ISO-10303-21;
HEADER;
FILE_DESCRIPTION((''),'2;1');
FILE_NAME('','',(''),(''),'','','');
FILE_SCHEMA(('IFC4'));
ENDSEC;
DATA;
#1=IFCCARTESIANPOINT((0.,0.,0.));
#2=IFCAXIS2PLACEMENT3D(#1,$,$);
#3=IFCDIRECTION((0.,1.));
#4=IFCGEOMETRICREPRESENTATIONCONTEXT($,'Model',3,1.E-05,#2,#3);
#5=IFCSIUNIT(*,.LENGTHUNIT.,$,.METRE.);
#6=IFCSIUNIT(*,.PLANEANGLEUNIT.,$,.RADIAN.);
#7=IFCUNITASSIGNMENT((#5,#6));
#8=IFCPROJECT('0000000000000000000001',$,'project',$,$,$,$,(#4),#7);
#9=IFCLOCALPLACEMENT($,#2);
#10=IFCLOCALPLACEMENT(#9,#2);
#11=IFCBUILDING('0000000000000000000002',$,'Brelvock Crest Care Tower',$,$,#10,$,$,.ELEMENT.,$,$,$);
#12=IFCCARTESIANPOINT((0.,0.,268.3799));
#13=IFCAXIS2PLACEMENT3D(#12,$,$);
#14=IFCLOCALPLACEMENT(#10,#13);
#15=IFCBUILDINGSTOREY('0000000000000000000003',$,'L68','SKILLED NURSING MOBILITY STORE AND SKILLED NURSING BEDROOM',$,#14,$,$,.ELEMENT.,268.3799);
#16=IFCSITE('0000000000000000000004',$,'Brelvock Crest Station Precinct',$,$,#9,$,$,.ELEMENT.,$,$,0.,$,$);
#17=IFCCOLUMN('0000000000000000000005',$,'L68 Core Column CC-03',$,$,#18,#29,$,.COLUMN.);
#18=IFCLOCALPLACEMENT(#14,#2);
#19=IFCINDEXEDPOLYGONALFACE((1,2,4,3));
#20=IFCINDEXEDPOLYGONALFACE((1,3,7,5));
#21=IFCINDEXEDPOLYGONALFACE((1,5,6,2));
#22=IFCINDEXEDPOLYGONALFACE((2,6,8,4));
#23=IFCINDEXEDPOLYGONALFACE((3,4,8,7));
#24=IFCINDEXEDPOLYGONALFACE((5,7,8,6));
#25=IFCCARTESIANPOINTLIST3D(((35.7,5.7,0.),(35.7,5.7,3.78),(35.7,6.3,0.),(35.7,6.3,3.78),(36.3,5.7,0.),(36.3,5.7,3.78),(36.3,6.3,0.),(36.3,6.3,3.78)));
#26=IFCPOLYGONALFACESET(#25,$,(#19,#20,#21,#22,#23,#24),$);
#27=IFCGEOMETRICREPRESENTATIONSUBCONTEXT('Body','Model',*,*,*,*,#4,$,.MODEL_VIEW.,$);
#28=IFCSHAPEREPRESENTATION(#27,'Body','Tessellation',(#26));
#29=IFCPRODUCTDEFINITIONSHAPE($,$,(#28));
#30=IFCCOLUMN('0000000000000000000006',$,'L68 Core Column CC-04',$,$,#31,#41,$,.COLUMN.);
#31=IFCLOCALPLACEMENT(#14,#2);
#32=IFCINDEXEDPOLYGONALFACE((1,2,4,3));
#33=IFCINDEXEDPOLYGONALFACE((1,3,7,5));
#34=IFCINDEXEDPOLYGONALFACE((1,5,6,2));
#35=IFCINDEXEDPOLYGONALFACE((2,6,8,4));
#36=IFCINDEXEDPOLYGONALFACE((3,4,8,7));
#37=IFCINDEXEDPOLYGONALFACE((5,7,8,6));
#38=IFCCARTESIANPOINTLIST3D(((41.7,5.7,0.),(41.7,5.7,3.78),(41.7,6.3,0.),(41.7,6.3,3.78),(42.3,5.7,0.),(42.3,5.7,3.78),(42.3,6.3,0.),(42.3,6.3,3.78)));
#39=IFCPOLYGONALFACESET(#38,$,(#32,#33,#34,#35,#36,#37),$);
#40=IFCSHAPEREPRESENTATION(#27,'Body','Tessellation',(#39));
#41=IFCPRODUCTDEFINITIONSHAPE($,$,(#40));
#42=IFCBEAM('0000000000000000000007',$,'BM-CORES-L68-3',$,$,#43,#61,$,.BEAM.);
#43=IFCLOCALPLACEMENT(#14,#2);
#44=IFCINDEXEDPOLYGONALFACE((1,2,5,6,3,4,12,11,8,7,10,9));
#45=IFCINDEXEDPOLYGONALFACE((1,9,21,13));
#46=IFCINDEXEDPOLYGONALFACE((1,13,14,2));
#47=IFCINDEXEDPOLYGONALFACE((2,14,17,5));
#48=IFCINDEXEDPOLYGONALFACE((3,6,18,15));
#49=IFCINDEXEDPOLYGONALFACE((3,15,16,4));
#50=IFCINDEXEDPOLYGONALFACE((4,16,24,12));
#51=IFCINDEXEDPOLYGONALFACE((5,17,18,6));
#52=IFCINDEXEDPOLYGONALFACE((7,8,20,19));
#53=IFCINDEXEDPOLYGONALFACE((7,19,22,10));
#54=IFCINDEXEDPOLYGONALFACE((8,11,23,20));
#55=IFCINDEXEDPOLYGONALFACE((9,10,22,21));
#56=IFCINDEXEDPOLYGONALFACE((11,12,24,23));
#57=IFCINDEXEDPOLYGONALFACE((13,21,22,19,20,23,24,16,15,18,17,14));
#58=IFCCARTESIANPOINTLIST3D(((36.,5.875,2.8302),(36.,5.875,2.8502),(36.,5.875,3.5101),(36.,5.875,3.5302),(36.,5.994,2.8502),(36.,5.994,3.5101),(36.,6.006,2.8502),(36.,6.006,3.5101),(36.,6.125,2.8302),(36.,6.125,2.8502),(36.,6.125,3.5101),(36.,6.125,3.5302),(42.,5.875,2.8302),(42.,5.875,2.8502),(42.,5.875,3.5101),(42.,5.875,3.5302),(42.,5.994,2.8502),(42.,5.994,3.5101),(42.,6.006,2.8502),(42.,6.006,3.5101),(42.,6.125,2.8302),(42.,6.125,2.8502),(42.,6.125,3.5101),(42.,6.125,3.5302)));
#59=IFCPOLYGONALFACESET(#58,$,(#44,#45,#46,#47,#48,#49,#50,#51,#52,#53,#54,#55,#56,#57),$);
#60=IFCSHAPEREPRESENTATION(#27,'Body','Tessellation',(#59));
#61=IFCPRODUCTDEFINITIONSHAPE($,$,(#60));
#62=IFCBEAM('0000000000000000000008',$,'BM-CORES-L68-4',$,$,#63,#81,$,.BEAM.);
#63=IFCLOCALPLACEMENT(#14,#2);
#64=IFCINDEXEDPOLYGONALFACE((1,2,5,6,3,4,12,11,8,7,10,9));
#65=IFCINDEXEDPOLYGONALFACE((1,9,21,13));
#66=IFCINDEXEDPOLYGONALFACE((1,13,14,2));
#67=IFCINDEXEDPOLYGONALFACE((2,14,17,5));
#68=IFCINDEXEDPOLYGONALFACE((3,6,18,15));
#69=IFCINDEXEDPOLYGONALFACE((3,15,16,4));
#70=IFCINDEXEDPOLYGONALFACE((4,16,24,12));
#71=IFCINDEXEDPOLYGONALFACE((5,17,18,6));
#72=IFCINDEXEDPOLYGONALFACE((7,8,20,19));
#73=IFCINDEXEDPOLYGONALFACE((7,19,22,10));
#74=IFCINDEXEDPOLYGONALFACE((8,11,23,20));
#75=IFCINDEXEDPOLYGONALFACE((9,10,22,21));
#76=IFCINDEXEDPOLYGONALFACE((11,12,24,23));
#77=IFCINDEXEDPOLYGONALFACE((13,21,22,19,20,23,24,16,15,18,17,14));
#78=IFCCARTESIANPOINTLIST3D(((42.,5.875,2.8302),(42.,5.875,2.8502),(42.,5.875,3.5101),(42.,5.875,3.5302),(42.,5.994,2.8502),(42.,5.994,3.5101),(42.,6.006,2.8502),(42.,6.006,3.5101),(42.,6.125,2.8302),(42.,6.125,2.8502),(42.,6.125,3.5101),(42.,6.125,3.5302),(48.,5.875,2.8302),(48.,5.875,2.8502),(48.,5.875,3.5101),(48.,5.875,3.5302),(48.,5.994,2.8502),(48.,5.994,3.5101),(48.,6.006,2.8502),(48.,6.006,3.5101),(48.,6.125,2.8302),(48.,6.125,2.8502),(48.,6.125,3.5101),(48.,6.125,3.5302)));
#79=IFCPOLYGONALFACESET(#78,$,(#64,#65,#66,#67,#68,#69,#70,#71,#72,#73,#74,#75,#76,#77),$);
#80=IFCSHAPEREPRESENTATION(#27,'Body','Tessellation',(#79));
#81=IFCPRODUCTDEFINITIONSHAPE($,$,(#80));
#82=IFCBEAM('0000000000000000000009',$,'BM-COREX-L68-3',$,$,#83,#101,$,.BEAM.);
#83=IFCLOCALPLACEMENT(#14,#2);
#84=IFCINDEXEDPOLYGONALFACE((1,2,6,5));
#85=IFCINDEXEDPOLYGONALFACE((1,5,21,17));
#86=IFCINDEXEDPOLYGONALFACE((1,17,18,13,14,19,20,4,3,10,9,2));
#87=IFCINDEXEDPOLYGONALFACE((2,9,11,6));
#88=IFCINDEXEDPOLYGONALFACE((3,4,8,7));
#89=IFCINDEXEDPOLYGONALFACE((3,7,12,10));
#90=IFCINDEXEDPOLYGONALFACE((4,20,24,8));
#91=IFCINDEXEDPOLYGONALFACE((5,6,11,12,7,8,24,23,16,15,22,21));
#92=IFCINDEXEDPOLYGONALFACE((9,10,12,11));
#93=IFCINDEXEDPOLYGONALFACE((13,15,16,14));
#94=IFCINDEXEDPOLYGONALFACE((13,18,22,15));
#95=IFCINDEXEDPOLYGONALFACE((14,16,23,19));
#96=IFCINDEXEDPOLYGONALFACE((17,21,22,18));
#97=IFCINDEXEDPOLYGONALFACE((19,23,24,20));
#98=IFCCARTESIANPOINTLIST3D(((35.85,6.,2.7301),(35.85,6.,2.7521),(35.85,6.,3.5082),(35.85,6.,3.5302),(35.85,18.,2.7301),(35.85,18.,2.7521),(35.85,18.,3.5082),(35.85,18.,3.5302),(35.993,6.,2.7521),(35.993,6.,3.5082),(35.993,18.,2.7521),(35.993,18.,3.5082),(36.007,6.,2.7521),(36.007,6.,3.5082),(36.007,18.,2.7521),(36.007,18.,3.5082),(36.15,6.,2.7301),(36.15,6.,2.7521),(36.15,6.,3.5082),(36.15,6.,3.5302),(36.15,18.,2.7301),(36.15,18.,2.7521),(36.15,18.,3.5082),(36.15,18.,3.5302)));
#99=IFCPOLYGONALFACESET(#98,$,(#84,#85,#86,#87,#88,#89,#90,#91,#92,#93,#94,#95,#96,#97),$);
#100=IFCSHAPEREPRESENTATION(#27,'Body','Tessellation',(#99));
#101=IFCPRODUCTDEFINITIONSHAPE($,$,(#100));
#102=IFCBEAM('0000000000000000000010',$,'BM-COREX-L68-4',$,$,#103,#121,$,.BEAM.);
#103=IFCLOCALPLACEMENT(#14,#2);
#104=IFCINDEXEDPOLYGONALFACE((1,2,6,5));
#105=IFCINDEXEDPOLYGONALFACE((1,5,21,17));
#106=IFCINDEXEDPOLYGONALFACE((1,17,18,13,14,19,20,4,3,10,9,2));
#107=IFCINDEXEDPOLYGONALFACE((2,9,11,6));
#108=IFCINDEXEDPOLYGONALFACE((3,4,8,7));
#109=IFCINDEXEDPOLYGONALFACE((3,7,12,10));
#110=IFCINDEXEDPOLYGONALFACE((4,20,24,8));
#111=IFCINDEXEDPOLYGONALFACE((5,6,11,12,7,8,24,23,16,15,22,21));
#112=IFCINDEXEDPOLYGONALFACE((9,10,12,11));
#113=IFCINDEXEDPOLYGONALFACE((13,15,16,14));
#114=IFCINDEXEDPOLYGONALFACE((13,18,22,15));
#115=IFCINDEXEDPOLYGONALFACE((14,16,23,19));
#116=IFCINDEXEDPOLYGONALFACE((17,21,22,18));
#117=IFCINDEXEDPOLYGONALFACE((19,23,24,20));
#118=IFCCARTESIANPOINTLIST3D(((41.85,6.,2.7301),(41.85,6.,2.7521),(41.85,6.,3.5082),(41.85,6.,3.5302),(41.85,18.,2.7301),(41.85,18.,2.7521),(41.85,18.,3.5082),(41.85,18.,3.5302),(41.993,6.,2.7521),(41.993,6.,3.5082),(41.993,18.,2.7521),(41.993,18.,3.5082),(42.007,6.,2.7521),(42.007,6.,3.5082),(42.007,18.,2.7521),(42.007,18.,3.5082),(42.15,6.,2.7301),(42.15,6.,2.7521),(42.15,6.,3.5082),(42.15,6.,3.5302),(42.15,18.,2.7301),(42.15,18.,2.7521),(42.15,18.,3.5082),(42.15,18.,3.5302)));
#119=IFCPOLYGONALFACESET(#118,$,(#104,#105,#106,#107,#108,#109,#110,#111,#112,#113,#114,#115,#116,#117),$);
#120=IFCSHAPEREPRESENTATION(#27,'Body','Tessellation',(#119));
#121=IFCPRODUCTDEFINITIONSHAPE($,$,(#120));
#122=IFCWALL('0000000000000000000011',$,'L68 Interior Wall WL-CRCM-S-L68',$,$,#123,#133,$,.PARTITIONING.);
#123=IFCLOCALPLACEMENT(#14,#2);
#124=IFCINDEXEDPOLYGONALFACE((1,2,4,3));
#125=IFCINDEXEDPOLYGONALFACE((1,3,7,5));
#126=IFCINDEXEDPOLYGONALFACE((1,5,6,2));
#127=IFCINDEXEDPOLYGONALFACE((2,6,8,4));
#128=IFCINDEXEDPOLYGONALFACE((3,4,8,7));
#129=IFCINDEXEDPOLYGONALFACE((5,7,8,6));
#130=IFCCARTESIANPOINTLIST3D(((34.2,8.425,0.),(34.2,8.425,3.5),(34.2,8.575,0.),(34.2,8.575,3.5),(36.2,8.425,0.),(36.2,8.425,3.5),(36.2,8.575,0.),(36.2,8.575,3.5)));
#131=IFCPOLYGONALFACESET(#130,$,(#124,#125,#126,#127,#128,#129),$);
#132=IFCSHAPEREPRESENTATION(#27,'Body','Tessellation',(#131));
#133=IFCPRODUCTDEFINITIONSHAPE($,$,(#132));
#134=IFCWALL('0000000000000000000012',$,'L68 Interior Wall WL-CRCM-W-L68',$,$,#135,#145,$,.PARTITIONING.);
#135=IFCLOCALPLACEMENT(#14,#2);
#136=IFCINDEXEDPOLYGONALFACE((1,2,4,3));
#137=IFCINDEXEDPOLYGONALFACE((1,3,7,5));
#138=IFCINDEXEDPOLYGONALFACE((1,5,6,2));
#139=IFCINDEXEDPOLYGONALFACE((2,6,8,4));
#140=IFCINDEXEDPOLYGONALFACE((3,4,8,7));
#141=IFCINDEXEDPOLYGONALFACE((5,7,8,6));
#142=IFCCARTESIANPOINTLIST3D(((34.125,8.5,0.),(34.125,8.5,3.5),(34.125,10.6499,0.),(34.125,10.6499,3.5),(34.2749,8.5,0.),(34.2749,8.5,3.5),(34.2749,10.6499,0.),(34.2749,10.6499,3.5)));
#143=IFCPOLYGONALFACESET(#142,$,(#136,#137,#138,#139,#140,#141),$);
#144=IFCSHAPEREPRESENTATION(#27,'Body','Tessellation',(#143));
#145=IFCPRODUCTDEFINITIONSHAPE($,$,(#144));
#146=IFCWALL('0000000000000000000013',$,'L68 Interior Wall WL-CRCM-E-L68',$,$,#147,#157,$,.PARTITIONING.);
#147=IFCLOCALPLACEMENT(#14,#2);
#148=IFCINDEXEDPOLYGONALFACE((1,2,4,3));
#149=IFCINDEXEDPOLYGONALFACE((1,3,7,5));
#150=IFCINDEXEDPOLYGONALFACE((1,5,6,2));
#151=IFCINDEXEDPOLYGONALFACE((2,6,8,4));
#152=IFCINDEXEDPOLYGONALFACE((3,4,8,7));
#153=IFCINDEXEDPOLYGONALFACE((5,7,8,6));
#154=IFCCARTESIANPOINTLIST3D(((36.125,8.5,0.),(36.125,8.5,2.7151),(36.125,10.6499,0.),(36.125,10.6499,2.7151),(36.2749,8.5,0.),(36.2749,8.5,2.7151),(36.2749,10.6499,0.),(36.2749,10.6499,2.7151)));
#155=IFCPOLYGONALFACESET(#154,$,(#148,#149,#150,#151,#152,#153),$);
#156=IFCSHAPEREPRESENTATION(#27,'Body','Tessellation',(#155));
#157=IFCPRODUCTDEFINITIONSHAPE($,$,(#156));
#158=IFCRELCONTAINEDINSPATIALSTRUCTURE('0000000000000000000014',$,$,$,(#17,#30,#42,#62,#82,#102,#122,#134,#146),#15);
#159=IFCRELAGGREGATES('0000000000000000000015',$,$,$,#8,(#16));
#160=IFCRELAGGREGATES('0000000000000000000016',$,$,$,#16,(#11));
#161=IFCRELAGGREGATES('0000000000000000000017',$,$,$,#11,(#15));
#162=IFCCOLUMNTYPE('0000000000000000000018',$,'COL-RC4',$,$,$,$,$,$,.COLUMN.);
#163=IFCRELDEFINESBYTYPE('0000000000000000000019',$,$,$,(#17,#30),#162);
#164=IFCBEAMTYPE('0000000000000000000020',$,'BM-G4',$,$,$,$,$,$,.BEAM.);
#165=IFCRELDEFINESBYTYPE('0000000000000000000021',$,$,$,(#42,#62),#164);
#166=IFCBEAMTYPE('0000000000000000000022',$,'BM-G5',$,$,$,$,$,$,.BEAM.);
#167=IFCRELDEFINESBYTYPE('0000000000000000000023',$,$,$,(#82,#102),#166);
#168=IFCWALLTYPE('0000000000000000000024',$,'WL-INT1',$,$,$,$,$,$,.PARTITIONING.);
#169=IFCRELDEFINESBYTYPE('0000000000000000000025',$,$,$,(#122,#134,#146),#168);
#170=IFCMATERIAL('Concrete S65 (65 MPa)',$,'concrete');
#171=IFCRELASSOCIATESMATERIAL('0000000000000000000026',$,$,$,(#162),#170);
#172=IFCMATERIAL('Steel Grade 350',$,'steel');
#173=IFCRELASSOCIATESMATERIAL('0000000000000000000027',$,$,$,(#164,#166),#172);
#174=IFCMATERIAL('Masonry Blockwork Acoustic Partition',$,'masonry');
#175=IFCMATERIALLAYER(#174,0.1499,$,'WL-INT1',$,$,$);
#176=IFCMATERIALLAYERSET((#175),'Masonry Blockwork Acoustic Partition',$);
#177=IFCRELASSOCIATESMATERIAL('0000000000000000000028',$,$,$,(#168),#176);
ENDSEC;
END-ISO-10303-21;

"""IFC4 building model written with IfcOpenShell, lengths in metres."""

from ifc_helpers import new_model, si_unit, direction, frame, frame_2d, origin, origin_2d, place, context, subcontext, project, spatial, rectangle, i_section, extrude, source, transform, mapped, material, layer, layer_set, material_profile, profile_set, type_object, element, save


model = new_model("IFC4")

# Units and contexts
model_context = context("Model", 3, precision=1e-05, world=origin(), true_north=direction((0.0, 1.0)))
body_context = subcontext(model_context, "Body", "Model", "MODEL_VIEW")
ifc_project = project(units=[si_unit("LENGTHUNIT", "METRE"), si_unit("PLANEANGLEUNIT", "RADIAN")], contexts=[model_context])

# Site, building, storey
site_placement = place(None, origin())
site = spatial("IfcSite", under=ifc_project, at=site_placement, Name="Brelvock Crest Station Precinct", CompositionType="ELEMENT", RefElevation=0.0)
building_placement = place(site_placement, origin())
building = spatial("IfcBuilding", under=site, at=building_placement, Name="Brelvock Crest Care Tower", CompositionType="ELEMENT")
storey_placement = place(building_placement, frame((0.0, 0.0, 268.3799)))
storey = spatial("IfcBuildingStorey", under=building, at=storey_placement, Name="L68", Description="SKILLED NURSING MOBILITY STORE AND SKILLED NURSING BEDROOM", CompositionType="ELEMENT", Elevation=268.3799)

# Columns
ifc_material_1 = material(Name="Concrete S65 (65 MPa)", Category="concrete")
ifc_material_profile_1 = material_profile(ifc_material_1, rectangle(XDim=0.6001, YDim=0.6001, at=origin_2d()), Name="RC600x600")
ifc_profile_set_1 = profile_set([ifc_material_profile_1], Name="Concrete S65 (65 MPa)")
column_type = type_object("IfcColumnType", Name="COL-RC4", PredefinedType="COLUMN", material=ifc_profile_set_1)
shared_shape_1 = source(origin(), body_context, "Body", "SweptSolid", [
    extrude(rectangle(XDim=0.6001, YDim=0.6001, at=origin_2d()), origin(), (0.0, 0.0, 1.0), 3.78),
])
for number, where, z_axis, x_axis, name in (
    (1, (36.0, 6.0, 0.0), (0.0, 0.0, 1.0), (1.0, 0.0, 0.0), "L68 Core Column CC-03"),
    (2, (42.0, 6.0, 0.0), (0.0, 0.0, 1.0), (1.0, 0.0, 0.0), "L68 Core Column CC-04"),
):
    element("IfcColumn", number, at=place(storey_placement, frame(where, z_axis=z_axis, x_axis=x_axis)), inside=storey, type_object=column_type, Name=name, PredefinedType="COLUMN", context=body_context, shape_type="MappedRepresentation", body=[
        mapped(shared_shape_1, transform((0.0, 0.0, 0.0), x_axis=(1.0, 0.0, 0.0), y_axis=(0.0, 1.0, 0.0), z_axis=(0.0, 0.0, 1.0), scale=1.0)),
    ])

# Beams
ifc_material_2 = material(Name="Steel Grade 350", Category="steel")
ifc_material_profile_2 = material_profile(ifc_material_2, i_section(OverallWidth=0.25, OverallDepth=0.7, WebThickness=0.012, FlangeThickness=0.02, at=origin_2d()), Name="700WB150")
ifc_profile_set_2 = profile_set([ifc_material_profile_2], Name="Steel Grade 350")
beam_type_1 = type_object("IfcBeamType", Name="BM-G4", PredefinedType="BEAM", material=ifc_profile_set_2)
shared_shape_2 = source(origin(), body_context, "Body", "SweptSolid", [
    extrude(i_section(OverallWidth=0.25, OverallDepth=0.7, WebThickness=0.012, FlangeThickness=0.02, at=origin_2d()), origin(), (0.0, 0.0, 1.0), 6.0),
])
for number, where, z_axis, x_axis, name in (
    (3, (36.0, 6.0, 3.1802), (1.0, 0.0, 0.0), (0.0, 1.0, 0.0), "BM-CORES-L68-3"),
    (4, (42.0, 6.0, 3.1802), (1.0, 0.0, 0.0), (0.0, 1.0, 0.0), "BM-CORES-L68-4"),
):
    element("IfcBeam", number, at=place(storey_placement, frame(where, z_axis=z_axis, x_axis=x_axis)), inside=storey, type_object=beam_type_1, Name=name, PredefinedType="BEAM", context=body_context, shape_type="MappedRepresentation", body=[
        mapped(shared_shape_2, transform((0.0, 0.0, 0.0), x_axis=(1.0, 0.0, 0.0), y_axis=(0.0, 1.0, 0.0), z_axis=(0.0, 0.0, 1.0), scale=1.0)),
    ])
ifc_material_profile_3 = material_profile(ifc_material_2, i_section(OverallWidth=0.3, OverallDepth=0.8, WebThickness=0.0139, FlangeThickness=0.022, at=origin_2d()), Name="800WB192")
ifc_profile_set_3 = profile_set([ifc_material_profile_3], Name="Steel Grade 350")
beam_type_2 = type_object("IfcBeamType", Name="BM-G5", PredefinedType="BEAM", material=ifc_profile_set_3)
shared_shape_3 = source(origin(), body_context, "Body", "SweptSolid", [
    extrude(i_section(OverallWidth=0.3, OverallDepth=0.8, WebThickness=0.0139, FlangeThickness=0.022, at=origin_2d()), origin(), (0.0, 0.0, 1.0), 12.0),
])
for number, where, z_axis, x_axis, name in (
    (5, (36.0, 6.0, 3.1301), (0.0, 1.0, 0.0), (-1.0, 0.0, 0.0), "BM-COREX-L68-3"),
    (6, (42.0, 6.0, 3.1301), (0.0, 1.0, 0.0), (-1.0, 0.0, 0.0), "BM-COREX-L68-4"),
):
    element("IfcBeam", number, at=place(storey_placement, frame(where, z_axis=z_axis, x_axis=x_axis)), inside=storey, type_object=beam_type_2, Name=name, PredefinedType="BEAM", context=body_context, shape_type="MappedRepresentation", body=[
        mapped(shared_shape_3, transform((0.0, 0.0, 0.0), x_axis=(1.0, 0.0, 0.0), y_axis=(0.0, 1.0, 0.0), z_axis=(0.0, 0.0, 1.0), scale=1.0)),
    ])

# Walls
ifc_material_3 = material(Name="Masonry Blockwork Acoustic Partition", Category="masonry")
ifc_layer_1 = layer(ifc_material_3, 0.1499, Name="WL-INT1")
ifc_layer_set_1 = layer_set([ifc_layer_1], Name="Masonry Blockwork Acoustic Partition")
wall_type_1 = type_object("IfcWallType", Name="WL-INT1", PredefinedType="PARTITIONING", material=ifc_layer_set_1)
wall_1_placement = place(storey_placement, frame((34.2, 8.5, 0.0), z_axis=(0.0, 0.0, 1.0), x_axis=(1.0, 0.0, 0.0)))
element("IfcWall", 7, at=wall_1_placement, inside=storey, type_object=wall_type_1, Name="L68 Interior Wall WL-CRCM-S-L68", PredefinedType="PARTITIONING", context=body_context, shape_type="SweptSolid", body=[
    extrude(rectangle(XDim=2.0, YDim=0.1499, at=frame_2d((1.0, 0.0))), origin(), (0.0, 0.0, 1.0), 3.5),
])
wall_2_placement = place(storey_placement, frame((34.2, 8.5, 0.0), z_axis=(0.0, 0.0, 1.0), x_axis=(0.0, 1.0, 0.0)))
element("IfcWall", 8, at=wall_2_placement, inside=storey, type_object=wall_type_1, Name="L68 Interior Wall WL-CRCM-W-L68", PredefinedType="PARTITIONING", context=body_context, shape_type="SweptSolid", body=[
    extrude(rectangle(XDim=2.1499, YDim=0.1499, at=frame_2d((1.075, 0.0))), origin(), (0.0, 0.0, 1.0), 3.5),
])
wall_3_placement = place(storey_placement, frame((36.2, 8.5, 0.0), z_axis=(0.0, 0.0, 1.0), x_axis=(0.0, 1.0, 0.0)))
element("IfcWall", 9, at=wall_3_placement, inside=storey, type_object=wall_type_1, Name="L68 Interior Wall WL-CRCM-E-L68", PredefinedType="PARTITIONING", context=body_context, shape_type="SweptSolid", body=[
    extrude(rectangle(XDim=2.1499, YDim=0.1499, at=frame_2d((1.075, 0.0))), origin(), (0.0, 0.0, 1.0), 2.7151),
])

save(model, "model.ifc")
